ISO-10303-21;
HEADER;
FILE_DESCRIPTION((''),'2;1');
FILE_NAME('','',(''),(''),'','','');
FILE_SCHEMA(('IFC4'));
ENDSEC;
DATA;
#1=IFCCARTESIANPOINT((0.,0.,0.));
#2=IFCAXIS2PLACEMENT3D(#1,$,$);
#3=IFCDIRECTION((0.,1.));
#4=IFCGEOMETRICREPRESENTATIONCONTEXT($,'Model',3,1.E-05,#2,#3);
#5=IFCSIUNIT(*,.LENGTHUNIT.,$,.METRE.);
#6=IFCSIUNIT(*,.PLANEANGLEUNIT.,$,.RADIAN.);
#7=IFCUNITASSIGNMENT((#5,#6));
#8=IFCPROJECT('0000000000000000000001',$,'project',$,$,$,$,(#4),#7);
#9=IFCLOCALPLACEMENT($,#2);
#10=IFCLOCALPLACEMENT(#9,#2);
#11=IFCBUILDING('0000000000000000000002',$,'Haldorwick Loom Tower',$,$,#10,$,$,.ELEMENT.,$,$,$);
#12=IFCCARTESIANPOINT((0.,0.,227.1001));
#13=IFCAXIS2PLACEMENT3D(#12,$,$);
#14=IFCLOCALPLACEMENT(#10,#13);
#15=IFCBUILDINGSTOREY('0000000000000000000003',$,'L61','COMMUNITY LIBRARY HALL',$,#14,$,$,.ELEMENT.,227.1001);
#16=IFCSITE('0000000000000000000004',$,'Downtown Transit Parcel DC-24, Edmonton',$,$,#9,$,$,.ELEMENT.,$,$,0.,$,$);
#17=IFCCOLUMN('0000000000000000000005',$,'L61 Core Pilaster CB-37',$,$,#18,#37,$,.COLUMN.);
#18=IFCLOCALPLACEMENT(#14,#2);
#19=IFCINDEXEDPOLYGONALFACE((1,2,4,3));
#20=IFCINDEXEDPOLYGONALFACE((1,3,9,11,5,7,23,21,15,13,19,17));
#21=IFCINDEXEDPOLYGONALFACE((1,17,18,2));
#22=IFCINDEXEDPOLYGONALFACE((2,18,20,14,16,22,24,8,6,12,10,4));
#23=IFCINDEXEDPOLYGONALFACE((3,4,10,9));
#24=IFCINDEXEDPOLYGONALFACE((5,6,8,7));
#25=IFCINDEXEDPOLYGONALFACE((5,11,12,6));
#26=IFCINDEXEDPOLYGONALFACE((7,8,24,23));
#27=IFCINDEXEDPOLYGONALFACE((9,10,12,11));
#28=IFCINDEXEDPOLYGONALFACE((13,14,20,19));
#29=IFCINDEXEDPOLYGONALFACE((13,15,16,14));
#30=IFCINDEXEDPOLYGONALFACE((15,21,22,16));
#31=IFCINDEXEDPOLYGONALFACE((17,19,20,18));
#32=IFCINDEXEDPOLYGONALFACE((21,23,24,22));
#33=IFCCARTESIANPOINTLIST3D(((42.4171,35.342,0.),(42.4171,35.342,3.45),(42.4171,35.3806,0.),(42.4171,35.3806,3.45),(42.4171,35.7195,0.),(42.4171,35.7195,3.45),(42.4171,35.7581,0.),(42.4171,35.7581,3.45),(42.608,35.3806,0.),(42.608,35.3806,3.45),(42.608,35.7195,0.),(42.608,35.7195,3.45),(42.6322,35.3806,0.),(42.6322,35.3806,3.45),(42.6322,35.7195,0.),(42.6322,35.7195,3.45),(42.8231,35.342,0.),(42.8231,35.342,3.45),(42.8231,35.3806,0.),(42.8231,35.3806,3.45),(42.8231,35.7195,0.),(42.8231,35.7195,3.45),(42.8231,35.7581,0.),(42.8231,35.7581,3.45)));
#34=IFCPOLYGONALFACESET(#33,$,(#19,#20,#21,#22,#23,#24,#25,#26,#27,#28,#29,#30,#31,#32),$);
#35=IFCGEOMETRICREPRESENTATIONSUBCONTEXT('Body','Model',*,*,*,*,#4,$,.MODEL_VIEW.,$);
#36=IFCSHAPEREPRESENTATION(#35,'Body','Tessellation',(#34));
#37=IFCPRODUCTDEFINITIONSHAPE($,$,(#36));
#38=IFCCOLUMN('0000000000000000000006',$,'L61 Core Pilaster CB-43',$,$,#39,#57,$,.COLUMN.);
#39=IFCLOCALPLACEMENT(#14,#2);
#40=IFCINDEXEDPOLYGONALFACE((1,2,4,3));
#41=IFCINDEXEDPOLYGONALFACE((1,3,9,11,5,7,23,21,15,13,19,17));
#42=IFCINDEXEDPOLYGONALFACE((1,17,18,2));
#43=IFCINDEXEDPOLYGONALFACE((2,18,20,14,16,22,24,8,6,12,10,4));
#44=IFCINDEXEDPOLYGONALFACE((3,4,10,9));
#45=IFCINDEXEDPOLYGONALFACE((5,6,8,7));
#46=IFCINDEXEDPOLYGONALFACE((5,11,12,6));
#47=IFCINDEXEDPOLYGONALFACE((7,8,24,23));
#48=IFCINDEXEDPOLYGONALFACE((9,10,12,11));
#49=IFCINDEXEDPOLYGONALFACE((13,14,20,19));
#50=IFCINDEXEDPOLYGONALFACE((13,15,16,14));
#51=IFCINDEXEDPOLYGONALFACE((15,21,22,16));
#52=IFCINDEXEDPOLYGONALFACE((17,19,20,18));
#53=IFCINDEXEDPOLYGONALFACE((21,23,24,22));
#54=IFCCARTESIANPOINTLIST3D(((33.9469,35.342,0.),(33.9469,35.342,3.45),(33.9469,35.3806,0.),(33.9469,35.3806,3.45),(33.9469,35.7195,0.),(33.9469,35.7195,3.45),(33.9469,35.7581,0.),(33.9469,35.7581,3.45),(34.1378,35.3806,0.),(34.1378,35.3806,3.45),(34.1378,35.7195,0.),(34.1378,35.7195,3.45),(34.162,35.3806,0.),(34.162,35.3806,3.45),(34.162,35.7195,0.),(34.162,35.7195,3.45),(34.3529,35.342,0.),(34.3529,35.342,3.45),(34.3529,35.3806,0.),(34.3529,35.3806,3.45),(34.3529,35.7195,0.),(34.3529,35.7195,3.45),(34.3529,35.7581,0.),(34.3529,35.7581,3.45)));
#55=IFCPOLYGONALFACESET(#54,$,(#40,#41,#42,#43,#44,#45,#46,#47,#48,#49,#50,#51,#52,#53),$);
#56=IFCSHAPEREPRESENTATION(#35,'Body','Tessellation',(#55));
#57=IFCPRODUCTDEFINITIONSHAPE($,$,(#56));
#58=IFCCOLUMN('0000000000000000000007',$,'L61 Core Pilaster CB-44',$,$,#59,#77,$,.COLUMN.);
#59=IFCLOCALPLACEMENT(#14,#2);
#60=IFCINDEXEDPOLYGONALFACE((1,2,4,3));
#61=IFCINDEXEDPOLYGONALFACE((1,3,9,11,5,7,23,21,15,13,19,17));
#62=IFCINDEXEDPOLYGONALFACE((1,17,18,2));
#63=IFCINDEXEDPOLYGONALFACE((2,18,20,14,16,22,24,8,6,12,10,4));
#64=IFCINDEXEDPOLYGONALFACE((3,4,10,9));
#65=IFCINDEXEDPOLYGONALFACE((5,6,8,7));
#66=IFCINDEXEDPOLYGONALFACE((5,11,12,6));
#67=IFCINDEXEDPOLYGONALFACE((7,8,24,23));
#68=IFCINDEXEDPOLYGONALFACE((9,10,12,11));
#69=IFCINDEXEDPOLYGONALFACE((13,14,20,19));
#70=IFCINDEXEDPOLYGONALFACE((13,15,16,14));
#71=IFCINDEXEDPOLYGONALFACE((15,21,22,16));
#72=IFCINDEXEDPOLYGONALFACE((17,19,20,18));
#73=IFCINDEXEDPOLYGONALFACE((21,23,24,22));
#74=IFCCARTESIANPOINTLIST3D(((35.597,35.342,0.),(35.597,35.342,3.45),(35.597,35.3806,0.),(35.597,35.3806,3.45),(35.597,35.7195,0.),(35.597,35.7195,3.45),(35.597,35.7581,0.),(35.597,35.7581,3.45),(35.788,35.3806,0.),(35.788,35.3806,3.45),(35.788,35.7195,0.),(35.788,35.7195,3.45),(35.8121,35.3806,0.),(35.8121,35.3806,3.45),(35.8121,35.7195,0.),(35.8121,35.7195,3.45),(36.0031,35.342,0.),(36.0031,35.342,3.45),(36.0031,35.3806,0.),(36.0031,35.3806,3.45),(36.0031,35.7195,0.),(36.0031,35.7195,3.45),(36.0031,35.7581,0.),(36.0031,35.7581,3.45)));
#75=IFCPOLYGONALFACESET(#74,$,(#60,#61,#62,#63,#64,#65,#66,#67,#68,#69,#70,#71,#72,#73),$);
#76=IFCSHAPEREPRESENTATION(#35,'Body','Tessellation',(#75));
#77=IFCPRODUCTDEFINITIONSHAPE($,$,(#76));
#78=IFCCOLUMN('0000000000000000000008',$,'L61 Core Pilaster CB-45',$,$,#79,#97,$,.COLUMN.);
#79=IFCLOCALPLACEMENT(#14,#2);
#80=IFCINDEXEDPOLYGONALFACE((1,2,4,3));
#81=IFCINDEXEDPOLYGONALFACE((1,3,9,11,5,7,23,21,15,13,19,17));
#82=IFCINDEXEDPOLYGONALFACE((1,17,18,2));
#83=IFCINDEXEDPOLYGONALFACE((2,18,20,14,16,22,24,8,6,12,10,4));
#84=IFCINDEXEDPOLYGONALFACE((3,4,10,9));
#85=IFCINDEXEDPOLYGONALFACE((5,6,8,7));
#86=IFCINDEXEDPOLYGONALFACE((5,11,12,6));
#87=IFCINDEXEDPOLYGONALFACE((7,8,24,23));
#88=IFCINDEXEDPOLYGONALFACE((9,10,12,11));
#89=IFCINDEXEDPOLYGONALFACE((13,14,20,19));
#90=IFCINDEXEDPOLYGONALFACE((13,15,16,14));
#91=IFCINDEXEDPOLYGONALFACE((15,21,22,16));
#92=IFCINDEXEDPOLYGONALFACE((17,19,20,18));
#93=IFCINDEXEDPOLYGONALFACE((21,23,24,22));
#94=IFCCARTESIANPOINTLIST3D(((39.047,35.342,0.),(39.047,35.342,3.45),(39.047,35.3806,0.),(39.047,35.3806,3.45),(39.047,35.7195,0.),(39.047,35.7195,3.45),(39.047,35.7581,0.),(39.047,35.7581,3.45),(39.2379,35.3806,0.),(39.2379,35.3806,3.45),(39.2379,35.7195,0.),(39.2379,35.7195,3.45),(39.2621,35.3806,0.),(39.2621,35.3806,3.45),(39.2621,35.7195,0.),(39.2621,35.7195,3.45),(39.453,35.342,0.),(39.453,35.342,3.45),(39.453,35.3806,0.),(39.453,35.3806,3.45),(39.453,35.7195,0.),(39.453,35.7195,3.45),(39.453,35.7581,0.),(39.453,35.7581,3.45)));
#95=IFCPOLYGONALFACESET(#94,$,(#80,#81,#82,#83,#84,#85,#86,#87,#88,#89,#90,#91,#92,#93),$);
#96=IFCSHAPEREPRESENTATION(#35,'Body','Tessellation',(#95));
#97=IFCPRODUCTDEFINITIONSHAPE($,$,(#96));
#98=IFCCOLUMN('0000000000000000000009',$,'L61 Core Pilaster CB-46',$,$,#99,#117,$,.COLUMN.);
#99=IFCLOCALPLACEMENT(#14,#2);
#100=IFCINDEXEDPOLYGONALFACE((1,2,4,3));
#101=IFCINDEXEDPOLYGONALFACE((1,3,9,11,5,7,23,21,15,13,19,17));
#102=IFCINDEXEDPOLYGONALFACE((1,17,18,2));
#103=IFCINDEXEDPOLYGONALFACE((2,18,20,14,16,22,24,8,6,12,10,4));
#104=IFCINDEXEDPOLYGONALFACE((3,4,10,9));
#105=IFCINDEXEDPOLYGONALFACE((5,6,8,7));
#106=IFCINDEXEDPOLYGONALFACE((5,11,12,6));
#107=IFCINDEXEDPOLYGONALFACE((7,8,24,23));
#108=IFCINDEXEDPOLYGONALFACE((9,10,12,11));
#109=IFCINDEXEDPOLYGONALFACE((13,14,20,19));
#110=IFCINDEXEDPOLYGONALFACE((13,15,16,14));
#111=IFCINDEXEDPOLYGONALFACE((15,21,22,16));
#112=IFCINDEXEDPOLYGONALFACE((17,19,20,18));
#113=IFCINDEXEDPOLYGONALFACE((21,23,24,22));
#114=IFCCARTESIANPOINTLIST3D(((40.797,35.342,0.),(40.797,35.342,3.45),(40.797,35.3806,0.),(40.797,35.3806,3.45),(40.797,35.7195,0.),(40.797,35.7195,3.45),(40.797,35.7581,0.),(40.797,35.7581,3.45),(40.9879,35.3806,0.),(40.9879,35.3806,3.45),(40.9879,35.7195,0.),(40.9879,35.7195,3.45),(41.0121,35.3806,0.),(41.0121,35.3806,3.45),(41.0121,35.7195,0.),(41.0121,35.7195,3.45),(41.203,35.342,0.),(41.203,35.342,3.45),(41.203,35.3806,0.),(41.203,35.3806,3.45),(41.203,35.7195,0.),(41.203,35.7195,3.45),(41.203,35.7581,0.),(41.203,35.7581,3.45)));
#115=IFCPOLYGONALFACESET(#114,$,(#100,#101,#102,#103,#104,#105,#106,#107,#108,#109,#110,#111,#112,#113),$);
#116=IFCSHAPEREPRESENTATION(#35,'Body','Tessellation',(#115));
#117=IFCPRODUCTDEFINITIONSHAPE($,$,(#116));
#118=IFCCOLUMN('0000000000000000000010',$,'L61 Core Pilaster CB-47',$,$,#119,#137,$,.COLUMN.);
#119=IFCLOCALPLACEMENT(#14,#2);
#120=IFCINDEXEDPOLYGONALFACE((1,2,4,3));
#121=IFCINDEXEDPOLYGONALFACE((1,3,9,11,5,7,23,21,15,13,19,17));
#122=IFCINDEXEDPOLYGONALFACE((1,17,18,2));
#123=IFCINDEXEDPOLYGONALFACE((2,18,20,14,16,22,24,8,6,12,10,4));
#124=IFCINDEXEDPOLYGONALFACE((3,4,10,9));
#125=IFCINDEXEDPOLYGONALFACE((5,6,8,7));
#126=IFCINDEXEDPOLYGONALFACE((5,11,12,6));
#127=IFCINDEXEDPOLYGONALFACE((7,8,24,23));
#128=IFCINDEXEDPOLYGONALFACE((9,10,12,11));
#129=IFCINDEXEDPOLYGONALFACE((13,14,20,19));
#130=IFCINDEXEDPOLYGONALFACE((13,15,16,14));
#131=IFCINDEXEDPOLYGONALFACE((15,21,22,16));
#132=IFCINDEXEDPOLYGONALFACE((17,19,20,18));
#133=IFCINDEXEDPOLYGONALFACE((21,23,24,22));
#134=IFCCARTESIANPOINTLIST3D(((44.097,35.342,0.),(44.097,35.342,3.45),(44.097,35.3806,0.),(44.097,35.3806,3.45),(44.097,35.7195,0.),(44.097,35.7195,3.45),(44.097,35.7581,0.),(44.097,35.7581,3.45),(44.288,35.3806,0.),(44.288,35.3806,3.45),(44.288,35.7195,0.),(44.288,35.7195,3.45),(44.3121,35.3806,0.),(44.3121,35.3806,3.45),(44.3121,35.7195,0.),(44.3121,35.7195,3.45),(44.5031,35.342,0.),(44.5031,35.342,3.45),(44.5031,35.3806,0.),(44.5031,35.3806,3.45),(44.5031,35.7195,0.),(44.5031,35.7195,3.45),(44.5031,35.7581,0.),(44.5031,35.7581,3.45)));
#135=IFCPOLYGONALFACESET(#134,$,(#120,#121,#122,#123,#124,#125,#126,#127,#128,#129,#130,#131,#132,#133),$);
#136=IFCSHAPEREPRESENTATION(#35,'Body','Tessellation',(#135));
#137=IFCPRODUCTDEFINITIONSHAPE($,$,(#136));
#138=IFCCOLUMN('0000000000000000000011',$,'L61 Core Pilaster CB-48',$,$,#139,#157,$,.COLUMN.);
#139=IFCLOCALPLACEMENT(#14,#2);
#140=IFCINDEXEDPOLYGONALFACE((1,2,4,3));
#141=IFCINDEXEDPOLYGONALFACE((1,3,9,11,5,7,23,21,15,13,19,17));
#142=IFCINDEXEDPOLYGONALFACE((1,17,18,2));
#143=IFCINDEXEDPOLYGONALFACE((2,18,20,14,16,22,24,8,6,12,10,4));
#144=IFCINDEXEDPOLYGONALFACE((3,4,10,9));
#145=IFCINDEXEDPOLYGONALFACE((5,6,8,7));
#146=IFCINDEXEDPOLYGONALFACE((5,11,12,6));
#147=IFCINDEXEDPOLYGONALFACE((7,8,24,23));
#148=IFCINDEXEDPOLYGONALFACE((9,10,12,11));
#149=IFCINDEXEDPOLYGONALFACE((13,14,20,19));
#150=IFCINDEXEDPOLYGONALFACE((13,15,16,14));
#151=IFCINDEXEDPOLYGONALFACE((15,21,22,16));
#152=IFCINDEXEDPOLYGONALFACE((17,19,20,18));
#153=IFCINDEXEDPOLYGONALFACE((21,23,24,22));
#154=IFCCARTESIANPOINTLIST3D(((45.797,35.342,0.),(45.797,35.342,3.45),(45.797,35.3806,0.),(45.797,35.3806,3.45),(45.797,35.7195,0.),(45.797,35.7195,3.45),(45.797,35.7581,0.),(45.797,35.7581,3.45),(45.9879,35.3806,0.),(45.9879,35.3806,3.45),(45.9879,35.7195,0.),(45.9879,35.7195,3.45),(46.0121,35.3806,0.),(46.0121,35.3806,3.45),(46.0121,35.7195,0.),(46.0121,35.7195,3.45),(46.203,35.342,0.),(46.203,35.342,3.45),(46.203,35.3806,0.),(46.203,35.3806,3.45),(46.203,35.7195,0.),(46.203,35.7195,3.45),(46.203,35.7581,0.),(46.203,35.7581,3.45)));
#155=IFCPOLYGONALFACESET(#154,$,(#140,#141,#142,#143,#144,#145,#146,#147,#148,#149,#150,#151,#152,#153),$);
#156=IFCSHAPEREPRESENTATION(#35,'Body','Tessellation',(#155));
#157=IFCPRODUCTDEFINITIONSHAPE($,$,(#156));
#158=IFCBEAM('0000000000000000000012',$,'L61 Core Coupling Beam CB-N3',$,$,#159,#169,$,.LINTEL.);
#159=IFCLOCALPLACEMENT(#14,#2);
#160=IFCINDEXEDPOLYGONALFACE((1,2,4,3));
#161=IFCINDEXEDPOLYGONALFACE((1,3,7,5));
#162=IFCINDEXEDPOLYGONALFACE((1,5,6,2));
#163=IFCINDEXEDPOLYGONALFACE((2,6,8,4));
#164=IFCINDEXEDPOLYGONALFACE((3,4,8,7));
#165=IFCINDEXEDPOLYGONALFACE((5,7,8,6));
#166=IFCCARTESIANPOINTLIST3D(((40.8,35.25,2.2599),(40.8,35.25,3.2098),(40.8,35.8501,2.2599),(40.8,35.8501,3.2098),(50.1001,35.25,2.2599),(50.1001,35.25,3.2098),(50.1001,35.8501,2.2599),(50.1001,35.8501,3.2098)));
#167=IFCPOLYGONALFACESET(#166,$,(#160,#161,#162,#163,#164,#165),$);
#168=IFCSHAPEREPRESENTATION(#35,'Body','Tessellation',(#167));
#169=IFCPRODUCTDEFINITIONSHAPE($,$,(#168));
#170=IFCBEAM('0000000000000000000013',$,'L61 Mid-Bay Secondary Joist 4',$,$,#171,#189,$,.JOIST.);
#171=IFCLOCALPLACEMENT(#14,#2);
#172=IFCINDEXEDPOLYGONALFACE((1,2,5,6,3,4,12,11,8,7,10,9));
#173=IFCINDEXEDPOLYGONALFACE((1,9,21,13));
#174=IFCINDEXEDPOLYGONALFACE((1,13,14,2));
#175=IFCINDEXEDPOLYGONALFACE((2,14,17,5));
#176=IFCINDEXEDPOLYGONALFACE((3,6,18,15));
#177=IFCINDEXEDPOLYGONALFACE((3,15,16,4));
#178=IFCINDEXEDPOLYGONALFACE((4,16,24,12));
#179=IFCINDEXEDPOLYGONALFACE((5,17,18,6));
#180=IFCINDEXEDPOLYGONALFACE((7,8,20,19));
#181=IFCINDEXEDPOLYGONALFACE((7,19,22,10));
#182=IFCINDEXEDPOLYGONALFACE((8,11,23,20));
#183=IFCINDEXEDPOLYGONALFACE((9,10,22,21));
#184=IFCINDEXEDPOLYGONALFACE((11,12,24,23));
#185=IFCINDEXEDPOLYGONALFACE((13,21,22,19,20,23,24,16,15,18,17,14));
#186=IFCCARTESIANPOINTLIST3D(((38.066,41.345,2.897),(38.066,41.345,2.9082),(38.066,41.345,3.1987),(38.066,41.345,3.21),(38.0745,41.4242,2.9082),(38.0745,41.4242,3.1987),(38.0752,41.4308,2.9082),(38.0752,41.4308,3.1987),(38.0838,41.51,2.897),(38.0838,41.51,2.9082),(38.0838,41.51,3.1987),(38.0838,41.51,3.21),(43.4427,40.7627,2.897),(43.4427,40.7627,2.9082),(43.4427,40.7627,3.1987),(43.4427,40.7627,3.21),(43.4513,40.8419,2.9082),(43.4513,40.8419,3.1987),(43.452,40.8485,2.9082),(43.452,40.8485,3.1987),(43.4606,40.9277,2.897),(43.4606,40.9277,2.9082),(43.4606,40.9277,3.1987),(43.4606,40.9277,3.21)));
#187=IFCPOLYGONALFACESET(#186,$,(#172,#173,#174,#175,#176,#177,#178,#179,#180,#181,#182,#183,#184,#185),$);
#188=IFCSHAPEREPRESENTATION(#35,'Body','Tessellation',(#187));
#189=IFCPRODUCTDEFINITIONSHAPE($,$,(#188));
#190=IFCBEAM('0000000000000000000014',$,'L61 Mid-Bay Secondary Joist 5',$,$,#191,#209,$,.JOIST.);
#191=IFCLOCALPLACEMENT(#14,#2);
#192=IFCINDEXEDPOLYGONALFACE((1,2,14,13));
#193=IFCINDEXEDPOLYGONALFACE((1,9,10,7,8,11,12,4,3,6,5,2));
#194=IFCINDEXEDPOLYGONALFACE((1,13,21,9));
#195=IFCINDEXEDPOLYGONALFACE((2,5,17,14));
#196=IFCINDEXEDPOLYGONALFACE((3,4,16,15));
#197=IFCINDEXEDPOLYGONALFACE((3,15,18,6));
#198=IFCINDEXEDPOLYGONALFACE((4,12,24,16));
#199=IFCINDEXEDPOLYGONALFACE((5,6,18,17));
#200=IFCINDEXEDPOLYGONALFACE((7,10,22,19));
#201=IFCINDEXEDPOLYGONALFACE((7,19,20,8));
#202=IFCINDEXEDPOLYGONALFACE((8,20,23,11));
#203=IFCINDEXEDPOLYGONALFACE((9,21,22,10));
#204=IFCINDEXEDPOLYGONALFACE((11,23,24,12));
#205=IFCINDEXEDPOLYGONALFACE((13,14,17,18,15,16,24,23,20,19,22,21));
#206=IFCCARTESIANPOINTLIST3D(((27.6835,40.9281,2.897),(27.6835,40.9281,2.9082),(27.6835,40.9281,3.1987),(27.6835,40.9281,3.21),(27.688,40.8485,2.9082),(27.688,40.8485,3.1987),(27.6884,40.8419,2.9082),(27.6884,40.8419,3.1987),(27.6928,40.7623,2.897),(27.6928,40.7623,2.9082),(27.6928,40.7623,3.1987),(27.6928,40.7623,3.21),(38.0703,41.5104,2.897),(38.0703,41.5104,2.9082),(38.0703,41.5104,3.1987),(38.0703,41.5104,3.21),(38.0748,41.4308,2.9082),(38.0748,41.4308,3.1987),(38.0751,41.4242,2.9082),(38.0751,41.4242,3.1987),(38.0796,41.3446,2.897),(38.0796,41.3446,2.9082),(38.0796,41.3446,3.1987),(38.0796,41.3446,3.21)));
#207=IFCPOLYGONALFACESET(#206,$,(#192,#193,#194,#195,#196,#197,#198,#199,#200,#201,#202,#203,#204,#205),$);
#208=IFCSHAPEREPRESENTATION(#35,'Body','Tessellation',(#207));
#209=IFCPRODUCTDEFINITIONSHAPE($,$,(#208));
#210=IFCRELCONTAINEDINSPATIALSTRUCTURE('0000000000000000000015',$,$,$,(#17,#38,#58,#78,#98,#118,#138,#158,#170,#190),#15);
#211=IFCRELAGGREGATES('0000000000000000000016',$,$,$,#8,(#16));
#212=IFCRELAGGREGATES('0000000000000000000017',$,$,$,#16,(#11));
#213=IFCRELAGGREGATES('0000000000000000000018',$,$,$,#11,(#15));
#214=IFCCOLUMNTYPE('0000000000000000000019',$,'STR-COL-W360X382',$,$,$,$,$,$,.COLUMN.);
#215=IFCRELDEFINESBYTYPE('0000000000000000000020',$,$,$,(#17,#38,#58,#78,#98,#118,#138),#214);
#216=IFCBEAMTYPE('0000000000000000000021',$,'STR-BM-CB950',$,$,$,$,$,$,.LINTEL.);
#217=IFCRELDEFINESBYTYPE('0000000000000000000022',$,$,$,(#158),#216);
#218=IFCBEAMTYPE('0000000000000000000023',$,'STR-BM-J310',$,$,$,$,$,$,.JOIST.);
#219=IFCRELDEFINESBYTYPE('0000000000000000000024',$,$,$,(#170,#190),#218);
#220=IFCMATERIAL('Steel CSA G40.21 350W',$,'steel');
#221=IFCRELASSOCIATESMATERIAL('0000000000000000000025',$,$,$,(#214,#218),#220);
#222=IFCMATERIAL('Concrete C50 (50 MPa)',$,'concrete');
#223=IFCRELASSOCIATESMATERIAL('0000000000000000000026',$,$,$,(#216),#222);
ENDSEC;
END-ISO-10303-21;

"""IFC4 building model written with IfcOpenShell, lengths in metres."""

from ifc_helpers import new_model, si_unit, direction, frame, origin, origin_2d, place, context, subcontext, project, spatial, rectangle, i_section, extrude, material, material_profile, profile_set, type_object, element, save


model = new_model("IFC4")

# Units and contexts
model_context = context("Model", 3, precision=1e-05, world=origin(), true_north=direction((0.0, 1.0)))
body_context = subcontext(model_context, "Body", "Model", "MODEL_VIEW")
ifc_project = project(units=[si_unit("LENGTHUNIT", "METRE"), si_unit("PLANEANGLEUNIT", "RADIAN")], contexts=[model_context])

# Site, building, storey
site_placement = place(None, origin())
site = spatial("IfcSite", under=ifc_project, at=site_placement, Name="Downtown Transit Parcel DC-24, Edmonton", CompositionType="ELEMENT", RefElevation=0.0)
building_placement = place(site_placement, origin())
building = spatial("IfcBuilding", under=site, at=building_placement, Name="Haldorwick Loom Tower", CompositionType="ELEMENT")
storey_placement = place(building_placement, frame((0.0, 0.0, 227.1001)))
storey = spatial("IfcBuildingStorey", under=building, at=storey_placement, Name="L61", Description="COMMUNITY LIBRARY HALL", CompositionType="ELEMENT", Elevation=227.1001)

# Columns
ifc_material_1 = material(Name="Steel CSA G40.21 350W", Category="steel")
ifc_material_profile_1 = material_profile(ifc_material_1, i_section(OverallWidth=0.406, OverallDepth=0.416, WebThickness=0.0242, FlangeThickness=0.0386, at=origin_2d()), Name="W360X382", Category="steel")
ifc_profile_set_1 = profile_set([ifc_material_profile_1], Name="Steel CSA G40.21 350W")
column_type_1 = type_object("IfcColumnType", Name="STR-COL-W360X382", PredefinedType="COLUMN", material=ifc_profile_set_1)
for number, where, z_axis, x_axis, name in (
    (1, (42.6201, 35.55, 0.0), (0.0, 0.0, 1.0), (1.0, 0.0, 0.0), "L61 Core Pilaster CB-37"),
    (2, (34.1499, 35.55, 0.0), (0.0, 0.0, 1.0), (1.0, 0.0, 0.0), "L61 Core Pilaster CB-43"),
    (3, (35.8, 35.55, 0.0), (0.0, 0.0, 1.0), (1.0, 0.0, 0.0), "L61 Core Pilaster CB-44"),
    (4, (39.25, 35.55, 0.0), (0.0, 0.0, 1.0), (1.0, 0.0, 0.0), "L61 Core Pilaster CB-45"),
    (5, (41.0, 35.55, 0.0), (0.0, 0.0, 1.0), (1.0, 0.0, 0.0), "L61 Core Pilaster CB-46"),
    (6, (44.3, 35.55, 0.0), (0.0, 0.0, 1.0), (1.0, 0.0, 0.0), "L61 Core Pilaster CB-47"),
    (7, (46.0, 35.55, 0.0), (0.0, 0.0, 1.0), (1.0, 0.0, 0.0), "L61 Core Pilaster CB-48"),
):
    element("IfcColumn", number, at=place(storey_placement, frame(where, z_axis=z_axis, x_axis=x_axis)), inside=storey, type_object=column_type_1, Name=name, PredefinedType="COLUMN", context=body_context, shape_type="SweptSolid", body=[
        extrude(i_section(OverallWidth=0.406, OverallDepth=0.416, WebThickness=0.0242, FlangeThickness=0.0386, at=origin_2d()), origin(), (0.0, 0.0, 1.0), 3.45),
    ])

# Beams
ifc_material_2 = material(Name="Concrete C50 (50 MPa)", Category="concrete")
ifc_material_profile_2 = material_profile(ifc_material_2, rectangle(XDim=0.6001, YDim=0.95, at=origin_2d()), Name="RC600X950", Category="concrete")
ifc_profile_set_2 = profile_set([ifc_material_profile_2], Name="Concrete C50 (50 MPa)")
beam_type_1 = type_object("IfcBeamType", Name="STR-BM-CB950", PredefinedType="LINTEL", material=ifc_profile_set_2)
beam_1_placement = place(storey_placement, frame((40.8, 35.55, 2.7349), z_axis=(1.0, 0.0, 0.0), x_axis=(0.0, 1.0, 0.0)))
element("IfcBeam", 8, at=beam_1_placement, inside=storey, type_object=beam_type_1, Name="L61 Core Coupling Beam CB-N3", PredefinedType="LINTEL", context=body_context, shape_type="SweptSolid", body=[
    extrude(rectangle(XDim=0.6001, YDim=0.95, at=origin_2d()), origin(), (0.0, 0.0, 1.0), 9.3),
])
ifc_material_profile_3 = material_profile(ifc_material_1, i_section(OverallWidth=0.166, OverallDepth=0.313, WebThickness=0.0066, FlangeThickness=0.0112, at=origin_2d()), Name="W310X45", Category="steel")
ifc_profile_set_3 = profile_set([ifc_material_profile_3], Name="Steel CSA G40.21 350W")
beam_type_2 = type_object("IfcBeamType", Name="STR-BM-J310", PredefinedType="JOIST", material=ifc_profile_set_3)
beam_2_placement = place(storey_placement, frame((43.4517, 40.8452, 3.0535), z_axis=(-0.994187, 0.107666, 0.0), x_axis=(-0.107666, -0.994187, 0.0)))
element("IfcBeam", 9, at=beam_2_placement, inside=storey, type_object=beam_type_2, Name="L61 Mid-Bay Secondary Joist 4", PredefinedType="JOIST", context=body_context, shape_type="SweptSolid", body=[
    extrude(i_section(OverallWidth=0.166, OverallDepth=0.313, WebThickness=0.0066, FlangeThickness=0.0112, at=origin_2d()), origin(), (0.0, 0.0, 1.0), 5.4082),
])
beam_3_placement = place(storey_placement, frame((38.075, 41.4275, 3.0535), z_axis=(-0.998432, -0.055972, 0.0), x_axis=(0.055972, -0.998432, 0.0)))
element("IfcBeam", 10, at=beam_3_placement, inside=storey, type_object=beam_type_2, Name="L61 Mid-Bay Secondary Joist 5", PredefinedType="JOIST", context=body_context, shape_type="SweptSolid", body=[
    extrude(i_section(OverallWidth=0.166, OverallDepth=0.313, WebThickness=0.0066, FlangeThickness=0.0112, at=origin_2d()), origin(), (0.0, 0.0, 1.0), 10.4031),
])

save(model, "model.ifc")
